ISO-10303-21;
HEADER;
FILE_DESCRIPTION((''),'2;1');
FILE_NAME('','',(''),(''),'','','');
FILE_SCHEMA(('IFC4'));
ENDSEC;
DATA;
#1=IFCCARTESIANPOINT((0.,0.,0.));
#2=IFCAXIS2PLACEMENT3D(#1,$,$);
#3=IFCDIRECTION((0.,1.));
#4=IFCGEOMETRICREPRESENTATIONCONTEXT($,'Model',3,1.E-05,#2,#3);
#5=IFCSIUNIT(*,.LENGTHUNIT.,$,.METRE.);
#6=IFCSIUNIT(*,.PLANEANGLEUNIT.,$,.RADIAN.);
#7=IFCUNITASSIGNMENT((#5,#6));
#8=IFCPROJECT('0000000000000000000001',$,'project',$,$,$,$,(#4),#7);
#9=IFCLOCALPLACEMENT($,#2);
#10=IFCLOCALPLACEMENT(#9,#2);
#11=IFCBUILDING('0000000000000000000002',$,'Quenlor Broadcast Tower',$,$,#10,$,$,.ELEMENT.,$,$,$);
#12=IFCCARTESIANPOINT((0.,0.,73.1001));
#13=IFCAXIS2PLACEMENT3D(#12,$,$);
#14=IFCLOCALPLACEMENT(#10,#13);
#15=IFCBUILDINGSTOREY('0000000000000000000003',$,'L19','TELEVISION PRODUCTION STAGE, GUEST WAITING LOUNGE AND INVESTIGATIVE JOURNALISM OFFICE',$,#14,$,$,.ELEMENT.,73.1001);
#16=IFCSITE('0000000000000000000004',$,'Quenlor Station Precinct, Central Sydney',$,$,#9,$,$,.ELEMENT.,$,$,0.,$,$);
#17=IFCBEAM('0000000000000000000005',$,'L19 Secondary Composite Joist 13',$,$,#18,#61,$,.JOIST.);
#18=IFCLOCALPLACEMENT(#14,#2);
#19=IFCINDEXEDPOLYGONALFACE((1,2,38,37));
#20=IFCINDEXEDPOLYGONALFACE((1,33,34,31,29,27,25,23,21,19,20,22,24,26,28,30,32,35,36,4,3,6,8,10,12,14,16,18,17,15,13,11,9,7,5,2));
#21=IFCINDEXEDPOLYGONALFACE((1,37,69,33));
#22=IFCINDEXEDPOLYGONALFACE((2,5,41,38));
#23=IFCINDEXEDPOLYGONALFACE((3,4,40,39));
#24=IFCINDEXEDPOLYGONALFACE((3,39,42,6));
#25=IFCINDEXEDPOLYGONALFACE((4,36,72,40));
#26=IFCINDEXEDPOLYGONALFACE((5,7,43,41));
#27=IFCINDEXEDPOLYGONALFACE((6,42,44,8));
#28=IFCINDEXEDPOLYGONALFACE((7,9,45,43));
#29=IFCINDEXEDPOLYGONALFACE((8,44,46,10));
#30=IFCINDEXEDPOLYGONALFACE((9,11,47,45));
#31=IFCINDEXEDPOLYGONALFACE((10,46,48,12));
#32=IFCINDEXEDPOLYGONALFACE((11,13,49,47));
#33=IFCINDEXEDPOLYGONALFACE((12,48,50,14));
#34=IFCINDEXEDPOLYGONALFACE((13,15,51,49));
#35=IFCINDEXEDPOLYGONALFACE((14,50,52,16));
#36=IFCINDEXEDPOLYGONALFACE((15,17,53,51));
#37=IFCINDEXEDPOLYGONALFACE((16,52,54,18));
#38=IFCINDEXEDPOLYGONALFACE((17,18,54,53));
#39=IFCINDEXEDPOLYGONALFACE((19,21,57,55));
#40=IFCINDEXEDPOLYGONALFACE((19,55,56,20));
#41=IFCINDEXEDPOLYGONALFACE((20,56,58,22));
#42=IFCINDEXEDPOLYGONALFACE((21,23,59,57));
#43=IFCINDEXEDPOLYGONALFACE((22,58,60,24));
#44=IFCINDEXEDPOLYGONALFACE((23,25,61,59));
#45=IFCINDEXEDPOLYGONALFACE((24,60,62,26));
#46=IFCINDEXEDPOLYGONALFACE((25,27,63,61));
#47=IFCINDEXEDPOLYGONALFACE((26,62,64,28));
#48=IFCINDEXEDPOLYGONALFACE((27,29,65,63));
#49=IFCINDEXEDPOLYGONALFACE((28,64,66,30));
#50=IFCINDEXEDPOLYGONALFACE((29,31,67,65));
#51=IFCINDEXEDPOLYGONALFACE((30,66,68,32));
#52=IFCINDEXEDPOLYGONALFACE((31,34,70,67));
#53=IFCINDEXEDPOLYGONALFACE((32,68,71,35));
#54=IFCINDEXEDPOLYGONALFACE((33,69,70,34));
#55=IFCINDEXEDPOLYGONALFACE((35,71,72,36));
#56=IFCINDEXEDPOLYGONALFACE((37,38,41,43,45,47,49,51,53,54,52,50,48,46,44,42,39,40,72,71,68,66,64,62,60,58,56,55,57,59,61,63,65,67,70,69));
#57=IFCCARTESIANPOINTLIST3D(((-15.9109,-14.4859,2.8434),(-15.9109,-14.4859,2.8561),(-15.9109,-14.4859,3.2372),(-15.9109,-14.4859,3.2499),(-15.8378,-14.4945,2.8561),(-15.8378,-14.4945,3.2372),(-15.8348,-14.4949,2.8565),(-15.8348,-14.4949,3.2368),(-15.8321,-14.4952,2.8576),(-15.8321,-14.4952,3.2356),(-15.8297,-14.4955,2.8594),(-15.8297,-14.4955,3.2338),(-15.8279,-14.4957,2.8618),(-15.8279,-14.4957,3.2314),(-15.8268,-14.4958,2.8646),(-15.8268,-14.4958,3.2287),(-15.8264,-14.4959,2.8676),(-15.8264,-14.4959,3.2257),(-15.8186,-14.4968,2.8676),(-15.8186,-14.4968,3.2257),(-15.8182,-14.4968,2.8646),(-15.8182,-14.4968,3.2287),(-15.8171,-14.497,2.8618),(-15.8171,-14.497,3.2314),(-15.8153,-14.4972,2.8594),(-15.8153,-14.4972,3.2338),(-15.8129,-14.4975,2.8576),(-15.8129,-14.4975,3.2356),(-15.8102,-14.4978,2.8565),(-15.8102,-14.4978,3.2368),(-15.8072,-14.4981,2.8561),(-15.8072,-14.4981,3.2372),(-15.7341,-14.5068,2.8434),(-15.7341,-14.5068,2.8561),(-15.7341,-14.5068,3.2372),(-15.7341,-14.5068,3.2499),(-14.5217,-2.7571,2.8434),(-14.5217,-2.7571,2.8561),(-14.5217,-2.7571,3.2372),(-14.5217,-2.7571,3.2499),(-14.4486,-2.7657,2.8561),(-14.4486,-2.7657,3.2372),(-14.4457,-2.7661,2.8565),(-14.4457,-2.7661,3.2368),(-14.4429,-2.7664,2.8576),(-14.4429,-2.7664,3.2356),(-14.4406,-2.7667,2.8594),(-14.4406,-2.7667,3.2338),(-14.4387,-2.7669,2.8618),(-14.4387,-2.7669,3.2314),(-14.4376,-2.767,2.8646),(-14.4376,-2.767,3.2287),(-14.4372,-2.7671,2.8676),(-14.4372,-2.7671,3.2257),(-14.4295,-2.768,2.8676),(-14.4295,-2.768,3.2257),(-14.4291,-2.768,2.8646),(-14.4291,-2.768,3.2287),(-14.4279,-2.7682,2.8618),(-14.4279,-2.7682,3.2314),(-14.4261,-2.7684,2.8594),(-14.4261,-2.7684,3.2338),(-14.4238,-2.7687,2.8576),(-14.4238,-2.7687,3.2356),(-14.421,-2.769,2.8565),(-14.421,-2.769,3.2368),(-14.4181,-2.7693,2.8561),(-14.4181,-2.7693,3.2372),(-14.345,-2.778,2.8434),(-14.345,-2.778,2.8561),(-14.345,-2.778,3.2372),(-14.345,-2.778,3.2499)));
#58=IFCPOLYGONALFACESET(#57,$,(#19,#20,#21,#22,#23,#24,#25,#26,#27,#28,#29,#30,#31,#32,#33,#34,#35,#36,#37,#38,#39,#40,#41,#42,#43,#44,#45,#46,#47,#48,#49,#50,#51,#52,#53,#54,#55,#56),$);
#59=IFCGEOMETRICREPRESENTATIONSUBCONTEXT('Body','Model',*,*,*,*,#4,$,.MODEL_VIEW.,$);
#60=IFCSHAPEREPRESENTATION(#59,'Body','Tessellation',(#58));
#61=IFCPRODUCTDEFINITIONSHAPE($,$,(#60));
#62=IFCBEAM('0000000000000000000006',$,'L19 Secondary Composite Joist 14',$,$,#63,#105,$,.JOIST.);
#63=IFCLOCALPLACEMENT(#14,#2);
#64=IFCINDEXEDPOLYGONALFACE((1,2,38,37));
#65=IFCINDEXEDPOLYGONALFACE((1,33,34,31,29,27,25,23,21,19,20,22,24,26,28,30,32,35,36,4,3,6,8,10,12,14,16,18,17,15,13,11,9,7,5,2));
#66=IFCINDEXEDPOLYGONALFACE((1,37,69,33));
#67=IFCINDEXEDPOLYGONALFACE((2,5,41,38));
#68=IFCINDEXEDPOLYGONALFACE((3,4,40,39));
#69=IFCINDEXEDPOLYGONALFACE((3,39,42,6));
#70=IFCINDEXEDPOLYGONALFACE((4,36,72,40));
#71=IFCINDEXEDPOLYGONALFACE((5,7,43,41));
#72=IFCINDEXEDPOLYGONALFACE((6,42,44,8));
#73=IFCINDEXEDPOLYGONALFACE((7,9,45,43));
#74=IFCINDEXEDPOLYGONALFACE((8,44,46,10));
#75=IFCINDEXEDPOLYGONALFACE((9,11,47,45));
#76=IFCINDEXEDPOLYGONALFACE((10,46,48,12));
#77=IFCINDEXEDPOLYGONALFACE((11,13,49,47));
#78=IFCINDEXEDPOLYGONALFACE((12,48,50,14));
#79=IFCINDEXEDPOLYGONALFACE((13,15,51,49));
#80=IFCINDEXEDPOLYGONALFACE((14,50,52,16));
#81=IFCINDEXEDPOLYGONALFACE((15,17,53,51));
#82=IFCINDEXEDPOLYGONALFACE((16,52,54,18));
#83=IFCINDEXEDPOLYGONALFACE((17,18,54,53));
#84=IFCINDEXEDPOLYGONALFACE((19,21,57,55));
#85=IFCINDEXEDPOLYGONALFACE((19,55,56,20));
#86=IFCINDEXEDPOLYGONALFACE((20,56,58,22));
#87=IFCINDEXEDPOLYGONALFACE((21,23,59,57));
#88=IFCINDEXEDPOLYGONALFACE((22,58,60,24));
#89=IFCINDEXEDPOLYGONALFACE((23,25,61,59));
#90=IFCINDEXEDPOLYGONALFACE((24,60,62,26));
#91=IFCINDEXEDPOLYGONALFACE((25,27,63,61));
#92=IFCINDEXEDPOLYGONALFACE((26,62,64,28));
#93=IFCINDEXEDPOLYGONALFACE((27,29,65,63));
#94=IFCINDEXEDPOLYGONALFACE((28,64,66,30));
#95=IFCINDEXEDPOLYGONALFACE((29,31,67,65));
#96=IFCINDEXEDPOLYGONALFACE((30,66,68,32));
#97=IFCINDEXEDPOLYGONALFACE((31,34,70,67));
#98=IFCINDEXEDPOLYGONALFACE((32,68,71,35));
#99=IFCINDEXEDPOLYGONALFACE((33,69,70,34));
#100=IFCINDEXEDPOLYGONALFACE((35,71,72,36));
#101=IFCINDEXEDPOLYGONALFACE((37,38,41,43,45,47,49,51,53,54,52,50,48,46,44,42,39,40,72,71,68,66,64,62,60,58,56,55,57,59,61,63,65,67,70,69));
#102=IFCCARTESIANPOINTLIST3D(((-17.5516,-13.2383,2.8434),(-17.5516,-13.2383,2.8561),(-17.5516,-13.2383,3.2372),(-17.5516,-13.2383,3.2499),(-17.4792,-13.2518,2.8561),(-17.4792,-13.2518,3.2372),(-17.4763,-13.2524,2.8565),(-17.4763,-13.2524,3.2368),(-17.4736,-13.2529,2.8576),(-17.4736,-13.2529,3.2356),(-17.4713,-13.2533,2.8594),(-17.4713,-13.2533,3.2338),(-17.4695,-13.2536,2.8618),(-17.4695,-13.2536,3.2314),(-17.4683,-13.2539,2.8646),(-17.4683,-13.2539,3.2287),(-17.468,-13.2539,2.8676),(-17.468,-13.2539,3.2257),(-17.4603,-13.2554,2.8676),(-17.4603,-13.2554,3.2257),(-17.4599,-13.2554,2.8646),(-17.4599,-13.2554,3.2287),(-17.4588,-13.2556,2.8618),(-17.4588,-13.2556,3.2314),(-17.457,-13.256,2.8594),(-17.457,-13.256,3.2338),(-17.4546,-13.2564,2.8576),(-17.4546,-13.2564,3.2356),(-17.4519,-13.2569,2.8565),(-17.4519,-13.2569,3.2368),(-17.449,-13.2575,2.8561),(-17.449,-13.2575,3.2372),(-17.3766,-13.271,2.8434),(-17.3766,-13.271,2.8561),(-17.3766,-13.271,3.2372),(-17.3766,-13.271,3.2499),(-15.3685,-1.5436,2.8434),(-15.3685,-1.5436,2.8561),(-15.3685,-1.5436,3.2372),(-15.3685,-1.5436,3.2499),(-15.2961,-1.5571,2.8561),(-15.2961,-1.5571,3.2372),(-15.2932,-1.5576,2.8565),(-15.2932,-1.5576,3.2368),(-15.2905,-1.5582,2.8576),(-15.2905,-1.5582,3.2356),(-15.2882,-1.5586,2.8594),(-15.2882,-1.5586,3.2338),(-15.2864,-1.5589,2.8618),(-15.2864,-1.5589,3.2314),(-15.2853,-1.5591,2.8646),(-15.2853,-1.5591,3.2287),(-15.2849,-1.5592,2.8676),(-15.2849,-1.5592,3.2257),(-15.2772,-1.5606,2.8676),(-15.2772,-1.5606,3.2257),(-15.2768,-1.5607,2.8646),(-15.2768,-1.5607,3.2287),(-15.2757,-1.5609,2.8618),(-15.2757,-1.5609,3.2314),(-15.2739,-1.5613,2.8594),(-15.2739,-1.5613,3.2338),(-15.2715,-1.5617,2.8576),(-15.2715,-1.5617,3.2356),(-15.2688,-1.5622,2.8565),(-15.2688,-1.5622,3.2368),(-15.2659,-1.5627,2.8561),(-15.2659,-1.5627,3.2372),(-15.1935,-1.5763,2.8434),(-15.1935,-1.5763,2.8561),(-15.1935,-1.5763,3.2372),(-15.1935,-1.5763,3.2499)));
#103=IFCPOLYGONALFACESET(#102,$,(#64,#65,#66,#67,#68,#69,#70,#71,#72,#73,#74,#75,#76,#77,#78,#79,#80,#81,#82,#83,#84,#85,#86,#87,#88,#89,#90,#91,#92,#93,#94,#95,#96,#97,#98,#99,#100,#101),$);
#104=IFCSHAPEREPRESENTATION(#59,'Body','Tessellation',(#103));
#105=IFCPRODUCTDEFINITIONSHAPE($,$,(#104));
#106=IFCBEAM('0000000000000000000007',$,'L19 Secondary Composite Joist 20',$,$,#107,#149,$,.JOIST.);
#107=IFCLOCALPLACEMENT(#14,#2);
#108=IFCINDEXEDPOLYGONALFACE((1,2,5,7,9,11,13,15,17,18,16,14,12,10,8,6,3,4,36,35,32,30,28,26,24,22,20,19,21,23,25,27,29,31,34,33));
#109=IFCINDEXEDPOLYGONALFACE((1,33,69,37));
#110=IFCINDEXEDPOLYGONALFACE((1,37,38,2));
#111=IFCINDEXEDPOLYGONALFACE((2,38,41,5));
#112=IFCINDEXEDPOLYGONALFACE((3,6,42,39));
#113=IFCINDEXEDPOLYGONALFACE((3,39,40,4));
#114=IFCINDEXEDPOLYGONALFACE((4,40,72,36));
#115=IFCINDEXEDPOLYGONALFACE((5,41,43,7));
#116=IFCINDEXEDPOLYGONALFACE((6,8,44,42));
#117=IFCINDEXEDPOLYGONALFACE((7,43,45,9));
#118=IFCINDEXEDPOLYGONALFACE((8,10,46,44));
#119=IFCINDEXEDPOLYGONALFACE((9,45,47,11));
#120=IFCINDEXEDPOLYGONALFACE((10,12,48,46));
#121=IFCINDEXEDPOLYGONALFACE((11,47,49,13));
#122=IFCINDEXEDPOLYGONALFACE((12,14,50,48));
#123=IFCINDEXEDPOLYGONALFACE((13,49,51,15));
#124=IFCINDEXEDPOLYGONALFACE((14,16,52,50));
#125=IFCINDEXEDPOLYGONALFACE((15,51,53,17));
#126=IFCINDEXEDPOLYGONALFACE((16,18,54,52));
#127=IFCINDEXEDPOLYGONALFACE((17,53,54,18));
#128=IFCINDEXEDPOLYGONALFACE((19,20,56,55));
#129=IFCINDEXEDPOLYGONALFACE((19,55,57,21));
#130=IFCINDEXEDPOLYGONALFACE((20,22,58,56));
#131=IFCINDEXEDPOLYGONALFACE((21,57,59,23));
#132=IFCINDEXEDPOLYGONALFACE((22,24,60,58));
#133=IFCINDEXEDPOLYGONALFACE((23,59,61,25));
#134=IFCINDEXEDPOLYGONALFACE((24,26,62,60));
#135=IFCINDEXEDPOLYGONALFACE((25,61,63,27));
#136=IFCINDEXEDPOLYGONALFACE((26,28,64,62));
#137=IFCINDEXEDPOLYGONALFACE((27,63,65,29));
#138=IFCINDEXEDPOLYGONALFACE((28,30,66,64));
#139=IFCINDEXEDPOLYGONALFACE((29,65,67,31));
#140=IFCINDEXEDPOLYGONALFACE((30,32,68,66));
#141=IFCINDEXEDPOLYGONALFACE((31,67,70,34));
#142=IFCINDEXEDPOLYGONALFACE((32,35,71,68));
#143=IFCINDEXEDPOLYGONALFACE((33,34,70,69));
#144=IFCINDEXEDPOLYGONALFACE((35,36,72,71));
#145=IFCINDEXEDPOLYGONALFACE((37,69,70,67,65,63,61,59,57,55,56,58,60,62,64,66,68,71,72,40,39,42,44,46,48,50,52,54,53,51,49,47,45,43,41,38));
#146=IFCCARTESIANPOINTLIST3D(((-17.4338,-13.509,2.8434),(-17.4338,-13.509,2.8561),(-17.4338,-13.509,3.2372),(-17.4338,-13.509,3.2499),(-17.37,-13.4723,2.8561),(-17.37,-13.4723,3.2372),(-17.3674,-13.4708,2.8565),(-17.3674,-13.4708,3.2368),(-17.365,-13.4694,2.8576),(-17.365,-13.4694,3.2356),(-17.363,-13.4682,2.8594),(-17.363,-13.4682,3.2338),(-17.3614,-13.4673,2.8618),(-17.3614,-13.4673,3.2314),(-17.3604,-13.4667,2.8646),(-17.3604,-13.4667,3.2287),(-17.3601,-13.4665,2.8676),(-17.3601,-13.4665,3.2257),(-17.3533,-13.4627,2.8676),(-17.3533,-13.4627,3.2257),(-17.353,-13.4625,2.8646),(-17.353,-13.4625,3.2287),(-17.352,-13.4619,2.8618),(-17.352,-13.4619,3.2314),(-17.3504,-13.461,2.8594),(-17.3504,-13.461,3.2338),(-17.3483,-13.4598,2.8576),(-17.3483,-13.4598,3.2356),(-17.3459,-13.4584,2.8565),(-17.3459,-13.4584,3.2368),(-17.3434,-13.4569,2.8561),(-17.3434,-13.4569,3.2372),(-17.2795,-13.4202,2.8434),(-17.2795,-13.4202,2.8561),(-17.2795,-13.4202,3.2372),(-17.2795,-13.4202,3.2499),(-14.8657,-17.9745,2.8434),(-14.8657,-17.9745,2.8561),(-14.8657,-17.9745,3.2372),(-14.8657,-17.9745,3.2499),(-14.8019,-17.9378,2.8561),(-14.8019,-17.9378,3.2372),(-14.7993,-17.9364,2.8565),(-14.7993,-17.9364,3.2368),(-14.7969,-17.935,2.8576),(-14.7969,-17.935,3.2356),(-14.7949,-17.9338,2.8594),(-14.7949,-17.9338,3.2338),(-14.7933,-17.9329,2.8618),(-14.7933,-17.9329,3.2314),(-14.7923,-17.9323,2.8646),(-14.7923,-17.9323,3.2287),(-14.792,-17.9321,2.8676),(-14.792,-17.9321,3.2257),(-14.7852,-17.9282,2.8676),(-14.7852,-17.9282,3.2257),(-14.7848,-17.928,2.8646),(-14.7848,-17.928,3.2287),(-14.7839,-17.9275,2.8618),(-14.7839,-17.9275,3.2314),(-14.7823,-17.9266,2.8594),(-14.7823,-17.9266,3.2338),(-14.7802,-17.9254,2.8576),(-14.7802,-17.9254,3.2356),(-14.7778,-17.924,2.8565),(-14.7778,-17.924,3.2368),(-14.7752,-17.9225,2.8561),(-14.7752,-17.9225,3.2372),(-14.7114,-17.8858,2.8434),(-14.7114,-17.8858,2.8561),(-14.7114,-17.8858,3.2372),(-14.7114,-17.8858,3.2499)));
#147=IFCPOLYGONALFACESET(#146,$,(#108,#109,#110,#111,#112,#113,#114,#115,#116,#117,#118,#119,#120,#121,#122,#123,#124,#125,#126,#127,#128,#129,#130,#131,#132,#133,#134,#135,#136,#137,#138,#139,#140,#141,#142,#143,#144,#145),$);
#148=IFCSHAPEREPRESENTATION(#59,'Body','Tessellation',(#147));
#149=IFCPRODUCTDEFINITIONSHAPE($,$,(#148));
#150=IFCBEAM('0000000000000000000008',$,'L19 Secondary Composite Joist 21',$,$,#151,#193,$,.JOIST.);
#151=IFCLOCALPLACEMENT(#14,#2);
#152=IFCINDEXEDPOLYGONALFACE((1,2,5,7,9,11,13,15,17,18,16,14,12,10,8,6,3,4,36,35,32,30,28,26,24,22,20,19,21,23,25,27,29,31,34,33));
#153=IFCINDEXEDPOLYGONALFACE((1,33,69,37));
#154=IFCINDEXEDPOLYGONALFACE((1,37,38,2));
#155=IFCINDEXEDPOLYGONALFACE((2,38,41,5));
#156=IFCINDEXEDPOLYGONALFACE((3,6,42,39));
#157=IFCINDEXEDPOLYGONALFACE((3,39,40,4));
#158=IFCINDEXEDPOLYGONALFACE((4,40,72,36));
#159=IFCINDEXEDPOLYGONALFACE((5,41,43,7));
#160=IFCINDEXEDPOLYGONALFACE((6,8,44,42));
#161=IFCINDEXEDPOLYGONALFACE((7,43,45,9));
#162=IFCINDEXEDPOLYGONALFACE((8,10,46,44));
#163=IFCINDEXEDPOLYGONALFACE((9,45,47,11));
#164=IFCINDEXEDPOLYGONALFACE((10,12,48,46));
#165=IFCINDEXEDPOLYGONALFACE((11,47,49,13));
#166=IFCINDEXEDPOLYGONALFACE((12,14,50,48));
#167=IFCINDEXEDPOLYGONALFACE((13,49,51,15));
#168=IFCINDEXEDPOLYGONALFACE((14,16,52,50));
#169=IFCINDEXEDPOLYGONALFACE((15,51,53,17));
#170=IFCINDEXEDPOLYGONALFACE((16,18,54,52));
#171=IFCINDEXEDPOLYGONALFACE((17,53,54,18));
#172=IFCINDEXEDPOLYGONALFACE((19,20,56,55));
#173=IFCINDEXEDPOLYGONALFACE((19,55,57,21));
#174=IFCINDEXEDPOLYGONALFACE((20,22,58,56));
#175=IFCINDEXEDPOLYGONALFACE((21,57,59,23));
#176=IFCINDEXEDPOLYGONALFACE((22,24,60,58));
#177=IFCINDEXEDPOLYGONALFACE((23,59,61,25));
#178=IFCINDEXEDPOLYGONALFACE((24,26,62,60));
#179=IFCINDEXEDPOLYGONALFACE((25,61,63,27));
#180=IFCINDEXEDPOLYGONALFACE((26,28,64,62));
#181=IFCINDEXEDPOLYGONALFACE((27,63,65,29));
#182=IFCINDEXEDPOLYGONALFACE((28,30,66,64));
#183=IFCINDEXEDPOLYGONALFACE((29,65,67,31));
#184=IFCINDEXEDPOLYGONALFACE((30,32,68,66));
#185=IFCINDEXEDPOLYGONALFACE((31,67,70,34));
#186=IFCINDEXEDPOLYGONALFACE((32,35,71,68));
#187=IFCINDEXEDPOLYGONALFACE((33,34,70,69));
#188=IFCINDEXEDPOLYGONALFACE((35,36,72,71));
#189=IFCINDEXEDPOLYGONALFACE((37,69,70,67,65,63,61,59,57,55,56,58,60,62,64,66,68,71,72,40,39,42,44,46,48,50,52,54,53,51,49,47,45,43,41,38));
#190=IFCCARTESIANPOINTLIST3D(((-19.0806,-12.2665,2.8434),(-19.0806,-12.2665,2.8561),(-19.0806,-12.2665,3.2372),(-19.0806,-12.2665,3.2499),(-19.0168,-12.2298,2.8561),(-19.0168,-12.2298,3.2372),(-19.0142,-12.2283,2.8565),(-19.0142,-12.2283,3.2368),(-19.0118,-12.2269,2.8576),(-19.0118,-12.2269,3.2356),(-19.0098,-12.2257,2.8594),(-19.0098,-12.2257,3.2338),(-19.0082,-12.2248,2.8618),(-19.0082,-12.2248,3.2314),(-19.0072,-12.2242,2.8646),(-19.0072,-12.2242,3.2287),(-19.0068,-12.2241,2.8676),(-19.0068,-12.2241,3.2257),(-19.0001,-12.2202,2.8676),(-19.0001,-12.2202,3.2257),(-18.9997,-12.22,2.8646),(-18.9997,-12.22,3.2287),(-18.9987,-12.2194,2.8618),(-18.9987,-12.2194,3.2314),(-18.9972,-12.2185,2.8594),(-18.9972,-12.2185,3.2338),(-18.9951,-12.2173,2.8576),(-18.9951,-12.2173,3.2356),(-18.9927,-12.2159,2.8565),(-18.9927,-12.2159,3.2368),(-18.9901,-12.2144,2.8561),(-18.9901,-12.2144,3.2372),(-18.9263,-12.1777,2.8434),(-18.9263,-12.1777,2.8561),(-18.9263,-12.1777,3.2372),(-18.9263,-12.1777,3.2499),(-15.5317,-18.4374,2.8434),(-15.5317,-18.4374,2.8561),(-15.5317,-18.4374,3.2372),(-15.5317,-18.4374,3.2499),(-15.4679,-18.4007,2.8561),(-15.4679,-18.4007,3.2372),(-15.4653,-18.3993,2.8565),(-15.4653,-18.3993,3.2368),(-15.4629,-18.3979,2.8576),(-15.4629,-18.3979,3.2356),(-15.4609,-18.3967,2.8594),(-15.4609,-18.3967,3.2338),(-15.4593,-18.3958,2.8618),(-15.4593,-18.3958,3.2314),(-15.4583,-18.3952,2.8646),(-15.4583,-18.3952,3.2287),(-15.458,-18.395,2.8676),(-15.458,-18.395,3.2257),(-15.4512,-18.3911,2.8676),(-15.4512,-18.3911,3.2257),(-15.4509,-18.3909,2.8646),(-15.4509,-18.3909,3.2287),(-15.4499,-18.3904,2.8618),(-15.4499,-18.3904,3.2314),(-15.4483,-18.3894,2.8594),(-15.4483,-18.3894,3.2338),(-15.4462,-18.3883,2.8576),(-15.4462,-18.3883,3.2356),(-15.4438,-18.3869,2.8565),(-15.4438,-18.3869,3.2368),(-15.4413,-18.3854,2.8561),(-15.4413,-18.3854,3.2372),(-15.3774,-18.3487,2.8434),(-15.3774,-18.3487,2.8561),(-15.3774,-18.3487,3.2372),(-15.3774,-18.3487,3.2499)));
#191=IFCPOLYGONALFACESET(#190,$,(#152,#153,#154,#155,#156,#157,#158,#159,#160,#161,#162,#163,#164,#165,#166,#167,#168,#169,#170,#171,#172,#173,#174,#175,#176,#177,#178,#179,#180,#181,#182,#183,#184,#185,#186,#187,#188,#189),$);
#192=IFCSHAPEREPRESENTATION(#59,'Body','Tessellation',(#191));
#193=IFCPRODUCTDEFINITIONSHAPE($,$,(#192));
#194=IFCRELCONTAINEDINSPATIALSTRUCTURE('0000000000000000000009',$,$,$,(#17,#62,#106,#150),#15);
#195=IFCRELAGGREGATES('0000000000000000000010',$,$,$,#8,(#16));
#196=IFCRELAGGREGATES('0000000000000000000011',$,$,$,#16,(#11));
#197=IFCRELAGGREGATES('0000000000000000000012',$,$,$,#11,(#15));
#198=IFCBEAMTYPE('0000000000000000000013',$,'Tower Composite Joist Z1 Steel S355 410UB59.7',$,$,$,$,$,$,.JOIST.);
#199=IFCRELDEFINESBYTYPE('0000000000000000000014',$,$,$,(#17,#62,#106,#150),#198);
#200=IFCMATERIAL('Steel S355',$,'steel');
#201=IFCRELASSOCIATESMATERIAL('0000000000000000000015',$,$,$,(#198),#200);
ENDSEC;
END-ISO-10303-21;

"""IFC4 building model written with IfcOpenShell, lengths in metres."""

from ifc_helpers import new_model, si_unit, direction, frame, origin, origin_2d, place, context, subcontext, project, spatial, i_section, extrude, material, material_profile, profile_set, type_object, element, save


model = new_model("IFC4")

# Units and contexts
model_context = context("Model", 3, precision=1e-05, world=origin(), true_north=direction((0.0, 1.0)))
body_context = subcontext(model_context, "Body", "Model", "MODEL_VIEW")
ifc_project = project(units=[si_unit("LENGTHUNIT", "METRE"), si_unit("PLANEANGLEUNIT", "RADIAN")], contexts=[model_context])

# Site, building, storey
site_placement = place(None, origin())
site = spatial("IfcSite", under=ifc_project, at=site_placement, Name="Quenlor Station Precinct, Central Sydney", CompositionType="ELEMENT", RefElevation=0.0)
building_placement = place(site_placement, origin())
building = spatial("IfcBuilding", under=site, at=building_placement, Name="Quenlor Broadcast Tower", CompositionType="ELEMENT")
storey_placement = place(building_placement, frame((0.0, 0.0, 73.1001)))
storey = spatial("IfcBuildingStorey", under=building, at=storey_placement, Name="L19", Description="TELEVISION PRODUCTION STAGE, GUEST WAITING LOUNGE AND INVESTIGATIVE JOURNALISM OFFICE", CompositionType="ELEMENT", Elevation=73.1001)

# Beams
ifc_material_1 = material(Name="Steel S355", Category="steel")
ifc_material_profile_1 = material_profile(ifc_material_1, i_section(OverallWidth=0.178, OverallDepth=0.4065, WebThickness=0.0078, FlangeThickness=0.0127, FilletRadius=0.0115, at=origin_2d()))
ifc_profile_set_1 = profile_set([ifc_material_profile_1], Name="Steel S355 410UB59.7")
beam_type_1 = type_object("IfcBeamType", Name="Tower Composite Joist Z1 Steel S355 410UB59.7", PredefinedType="JOIST", material=ifc_profile_set_1)
beam_1_placement = place(storey_placement, frame((-15.8225, -14.4963, 3.0466), z_axis=(0.117618, 0.993059, 0.0), x_axis=(-0.993059, 0.117618, 0.0)))
element("IfcBeam", 1, at=beam_1_placement, inside=storey, type_object=beam_type_1, Name="L19 Secondary Composite Joist 13", PredefinedType="JOIST", context=body_context, shape_type="SweptSolid", body=[
    extrude(i_section(OverallWidth=0.178, OverallDepth=0.4065, WebThickness=0.0078, FlangeThickness=0.0127, FilletRadius=0.0115, at=origin_2d()), origin(), (0.0, 0.0, 1.0), 11.8108),
])
beam_2_placement = place(storey_placement, frame((-17.4641, -13.2546, 3.0466), z_axis=(0.183503, 0.983019, 0.0), x_axis=(-0.983019, 0.183503, 0.0)))
element("IfcBeam", 2, at=beam_2_placement, inside=storey, type_object=beam_type_1, Name="L19 Secondary Composite Joist 14", PredefinedType="JOIST", context=body_context, shape_type="SweptSolid", body=[
    extrude(i_section(OverallWidth=0.178, OverallDepth=0.4065, WebThickness=0.0078, FlangeThickness=0.0127, FilletRadius=0.0115, at=origin_2d()), origin(), (0.0, 0.0, 1.0), 11.8967),
])
beam_3_placement = place(storey_placement, frame((-14.7886, -17.9302, 3.0466), z_axis=(-0.498531, 0.866872, 0.0), x_axis=(-0.866872, -0.498531, 0.0)))
element("IfcBeam", 3, at=beam_3_placement, inside=storey, type_object=beam_type_1, Name="L19 Secondary Composite Joist 20", PredefinedType="JOIST", context=body_context, shape_type="SweptSolid", body=[
    extrude(i_section(OverallWidth=0.178, OverallDepth=0.4065, WebThickness=0.0078, FlangeThickness=0.0127, FilletRadius=0.0115, at=origin_2d()), origin(), (0.0, 0.0, 1.0), 5.1514),
])
beam_4_placement = place(storey_placement, frame((-15.4546, -18.3931, 3.0466), z_axis=(-0.49853, 0.866872, 0.0), x_axis=(-0.866872, -0.49853, 0.0)))
element("IfcBeam", 4, at=beam_4_placement, inside=storey, type_object=beam_type_1, Name="L19 Secondary Composite Joist 21", PredefinedType="JOIST", context=body_context, shape_type="SweptSolid", body=[
    extrude(i_section(OverallWidth=0.178, OverallDepth=0.4065, WebThickness=0.0078, FlangeThickness=0.0127, FilletRadius=0.0115, at=origin_2d()), origin(), (0.0, 0.0, 1.0), 7.1187),
])

save(model, "model.ifc")
